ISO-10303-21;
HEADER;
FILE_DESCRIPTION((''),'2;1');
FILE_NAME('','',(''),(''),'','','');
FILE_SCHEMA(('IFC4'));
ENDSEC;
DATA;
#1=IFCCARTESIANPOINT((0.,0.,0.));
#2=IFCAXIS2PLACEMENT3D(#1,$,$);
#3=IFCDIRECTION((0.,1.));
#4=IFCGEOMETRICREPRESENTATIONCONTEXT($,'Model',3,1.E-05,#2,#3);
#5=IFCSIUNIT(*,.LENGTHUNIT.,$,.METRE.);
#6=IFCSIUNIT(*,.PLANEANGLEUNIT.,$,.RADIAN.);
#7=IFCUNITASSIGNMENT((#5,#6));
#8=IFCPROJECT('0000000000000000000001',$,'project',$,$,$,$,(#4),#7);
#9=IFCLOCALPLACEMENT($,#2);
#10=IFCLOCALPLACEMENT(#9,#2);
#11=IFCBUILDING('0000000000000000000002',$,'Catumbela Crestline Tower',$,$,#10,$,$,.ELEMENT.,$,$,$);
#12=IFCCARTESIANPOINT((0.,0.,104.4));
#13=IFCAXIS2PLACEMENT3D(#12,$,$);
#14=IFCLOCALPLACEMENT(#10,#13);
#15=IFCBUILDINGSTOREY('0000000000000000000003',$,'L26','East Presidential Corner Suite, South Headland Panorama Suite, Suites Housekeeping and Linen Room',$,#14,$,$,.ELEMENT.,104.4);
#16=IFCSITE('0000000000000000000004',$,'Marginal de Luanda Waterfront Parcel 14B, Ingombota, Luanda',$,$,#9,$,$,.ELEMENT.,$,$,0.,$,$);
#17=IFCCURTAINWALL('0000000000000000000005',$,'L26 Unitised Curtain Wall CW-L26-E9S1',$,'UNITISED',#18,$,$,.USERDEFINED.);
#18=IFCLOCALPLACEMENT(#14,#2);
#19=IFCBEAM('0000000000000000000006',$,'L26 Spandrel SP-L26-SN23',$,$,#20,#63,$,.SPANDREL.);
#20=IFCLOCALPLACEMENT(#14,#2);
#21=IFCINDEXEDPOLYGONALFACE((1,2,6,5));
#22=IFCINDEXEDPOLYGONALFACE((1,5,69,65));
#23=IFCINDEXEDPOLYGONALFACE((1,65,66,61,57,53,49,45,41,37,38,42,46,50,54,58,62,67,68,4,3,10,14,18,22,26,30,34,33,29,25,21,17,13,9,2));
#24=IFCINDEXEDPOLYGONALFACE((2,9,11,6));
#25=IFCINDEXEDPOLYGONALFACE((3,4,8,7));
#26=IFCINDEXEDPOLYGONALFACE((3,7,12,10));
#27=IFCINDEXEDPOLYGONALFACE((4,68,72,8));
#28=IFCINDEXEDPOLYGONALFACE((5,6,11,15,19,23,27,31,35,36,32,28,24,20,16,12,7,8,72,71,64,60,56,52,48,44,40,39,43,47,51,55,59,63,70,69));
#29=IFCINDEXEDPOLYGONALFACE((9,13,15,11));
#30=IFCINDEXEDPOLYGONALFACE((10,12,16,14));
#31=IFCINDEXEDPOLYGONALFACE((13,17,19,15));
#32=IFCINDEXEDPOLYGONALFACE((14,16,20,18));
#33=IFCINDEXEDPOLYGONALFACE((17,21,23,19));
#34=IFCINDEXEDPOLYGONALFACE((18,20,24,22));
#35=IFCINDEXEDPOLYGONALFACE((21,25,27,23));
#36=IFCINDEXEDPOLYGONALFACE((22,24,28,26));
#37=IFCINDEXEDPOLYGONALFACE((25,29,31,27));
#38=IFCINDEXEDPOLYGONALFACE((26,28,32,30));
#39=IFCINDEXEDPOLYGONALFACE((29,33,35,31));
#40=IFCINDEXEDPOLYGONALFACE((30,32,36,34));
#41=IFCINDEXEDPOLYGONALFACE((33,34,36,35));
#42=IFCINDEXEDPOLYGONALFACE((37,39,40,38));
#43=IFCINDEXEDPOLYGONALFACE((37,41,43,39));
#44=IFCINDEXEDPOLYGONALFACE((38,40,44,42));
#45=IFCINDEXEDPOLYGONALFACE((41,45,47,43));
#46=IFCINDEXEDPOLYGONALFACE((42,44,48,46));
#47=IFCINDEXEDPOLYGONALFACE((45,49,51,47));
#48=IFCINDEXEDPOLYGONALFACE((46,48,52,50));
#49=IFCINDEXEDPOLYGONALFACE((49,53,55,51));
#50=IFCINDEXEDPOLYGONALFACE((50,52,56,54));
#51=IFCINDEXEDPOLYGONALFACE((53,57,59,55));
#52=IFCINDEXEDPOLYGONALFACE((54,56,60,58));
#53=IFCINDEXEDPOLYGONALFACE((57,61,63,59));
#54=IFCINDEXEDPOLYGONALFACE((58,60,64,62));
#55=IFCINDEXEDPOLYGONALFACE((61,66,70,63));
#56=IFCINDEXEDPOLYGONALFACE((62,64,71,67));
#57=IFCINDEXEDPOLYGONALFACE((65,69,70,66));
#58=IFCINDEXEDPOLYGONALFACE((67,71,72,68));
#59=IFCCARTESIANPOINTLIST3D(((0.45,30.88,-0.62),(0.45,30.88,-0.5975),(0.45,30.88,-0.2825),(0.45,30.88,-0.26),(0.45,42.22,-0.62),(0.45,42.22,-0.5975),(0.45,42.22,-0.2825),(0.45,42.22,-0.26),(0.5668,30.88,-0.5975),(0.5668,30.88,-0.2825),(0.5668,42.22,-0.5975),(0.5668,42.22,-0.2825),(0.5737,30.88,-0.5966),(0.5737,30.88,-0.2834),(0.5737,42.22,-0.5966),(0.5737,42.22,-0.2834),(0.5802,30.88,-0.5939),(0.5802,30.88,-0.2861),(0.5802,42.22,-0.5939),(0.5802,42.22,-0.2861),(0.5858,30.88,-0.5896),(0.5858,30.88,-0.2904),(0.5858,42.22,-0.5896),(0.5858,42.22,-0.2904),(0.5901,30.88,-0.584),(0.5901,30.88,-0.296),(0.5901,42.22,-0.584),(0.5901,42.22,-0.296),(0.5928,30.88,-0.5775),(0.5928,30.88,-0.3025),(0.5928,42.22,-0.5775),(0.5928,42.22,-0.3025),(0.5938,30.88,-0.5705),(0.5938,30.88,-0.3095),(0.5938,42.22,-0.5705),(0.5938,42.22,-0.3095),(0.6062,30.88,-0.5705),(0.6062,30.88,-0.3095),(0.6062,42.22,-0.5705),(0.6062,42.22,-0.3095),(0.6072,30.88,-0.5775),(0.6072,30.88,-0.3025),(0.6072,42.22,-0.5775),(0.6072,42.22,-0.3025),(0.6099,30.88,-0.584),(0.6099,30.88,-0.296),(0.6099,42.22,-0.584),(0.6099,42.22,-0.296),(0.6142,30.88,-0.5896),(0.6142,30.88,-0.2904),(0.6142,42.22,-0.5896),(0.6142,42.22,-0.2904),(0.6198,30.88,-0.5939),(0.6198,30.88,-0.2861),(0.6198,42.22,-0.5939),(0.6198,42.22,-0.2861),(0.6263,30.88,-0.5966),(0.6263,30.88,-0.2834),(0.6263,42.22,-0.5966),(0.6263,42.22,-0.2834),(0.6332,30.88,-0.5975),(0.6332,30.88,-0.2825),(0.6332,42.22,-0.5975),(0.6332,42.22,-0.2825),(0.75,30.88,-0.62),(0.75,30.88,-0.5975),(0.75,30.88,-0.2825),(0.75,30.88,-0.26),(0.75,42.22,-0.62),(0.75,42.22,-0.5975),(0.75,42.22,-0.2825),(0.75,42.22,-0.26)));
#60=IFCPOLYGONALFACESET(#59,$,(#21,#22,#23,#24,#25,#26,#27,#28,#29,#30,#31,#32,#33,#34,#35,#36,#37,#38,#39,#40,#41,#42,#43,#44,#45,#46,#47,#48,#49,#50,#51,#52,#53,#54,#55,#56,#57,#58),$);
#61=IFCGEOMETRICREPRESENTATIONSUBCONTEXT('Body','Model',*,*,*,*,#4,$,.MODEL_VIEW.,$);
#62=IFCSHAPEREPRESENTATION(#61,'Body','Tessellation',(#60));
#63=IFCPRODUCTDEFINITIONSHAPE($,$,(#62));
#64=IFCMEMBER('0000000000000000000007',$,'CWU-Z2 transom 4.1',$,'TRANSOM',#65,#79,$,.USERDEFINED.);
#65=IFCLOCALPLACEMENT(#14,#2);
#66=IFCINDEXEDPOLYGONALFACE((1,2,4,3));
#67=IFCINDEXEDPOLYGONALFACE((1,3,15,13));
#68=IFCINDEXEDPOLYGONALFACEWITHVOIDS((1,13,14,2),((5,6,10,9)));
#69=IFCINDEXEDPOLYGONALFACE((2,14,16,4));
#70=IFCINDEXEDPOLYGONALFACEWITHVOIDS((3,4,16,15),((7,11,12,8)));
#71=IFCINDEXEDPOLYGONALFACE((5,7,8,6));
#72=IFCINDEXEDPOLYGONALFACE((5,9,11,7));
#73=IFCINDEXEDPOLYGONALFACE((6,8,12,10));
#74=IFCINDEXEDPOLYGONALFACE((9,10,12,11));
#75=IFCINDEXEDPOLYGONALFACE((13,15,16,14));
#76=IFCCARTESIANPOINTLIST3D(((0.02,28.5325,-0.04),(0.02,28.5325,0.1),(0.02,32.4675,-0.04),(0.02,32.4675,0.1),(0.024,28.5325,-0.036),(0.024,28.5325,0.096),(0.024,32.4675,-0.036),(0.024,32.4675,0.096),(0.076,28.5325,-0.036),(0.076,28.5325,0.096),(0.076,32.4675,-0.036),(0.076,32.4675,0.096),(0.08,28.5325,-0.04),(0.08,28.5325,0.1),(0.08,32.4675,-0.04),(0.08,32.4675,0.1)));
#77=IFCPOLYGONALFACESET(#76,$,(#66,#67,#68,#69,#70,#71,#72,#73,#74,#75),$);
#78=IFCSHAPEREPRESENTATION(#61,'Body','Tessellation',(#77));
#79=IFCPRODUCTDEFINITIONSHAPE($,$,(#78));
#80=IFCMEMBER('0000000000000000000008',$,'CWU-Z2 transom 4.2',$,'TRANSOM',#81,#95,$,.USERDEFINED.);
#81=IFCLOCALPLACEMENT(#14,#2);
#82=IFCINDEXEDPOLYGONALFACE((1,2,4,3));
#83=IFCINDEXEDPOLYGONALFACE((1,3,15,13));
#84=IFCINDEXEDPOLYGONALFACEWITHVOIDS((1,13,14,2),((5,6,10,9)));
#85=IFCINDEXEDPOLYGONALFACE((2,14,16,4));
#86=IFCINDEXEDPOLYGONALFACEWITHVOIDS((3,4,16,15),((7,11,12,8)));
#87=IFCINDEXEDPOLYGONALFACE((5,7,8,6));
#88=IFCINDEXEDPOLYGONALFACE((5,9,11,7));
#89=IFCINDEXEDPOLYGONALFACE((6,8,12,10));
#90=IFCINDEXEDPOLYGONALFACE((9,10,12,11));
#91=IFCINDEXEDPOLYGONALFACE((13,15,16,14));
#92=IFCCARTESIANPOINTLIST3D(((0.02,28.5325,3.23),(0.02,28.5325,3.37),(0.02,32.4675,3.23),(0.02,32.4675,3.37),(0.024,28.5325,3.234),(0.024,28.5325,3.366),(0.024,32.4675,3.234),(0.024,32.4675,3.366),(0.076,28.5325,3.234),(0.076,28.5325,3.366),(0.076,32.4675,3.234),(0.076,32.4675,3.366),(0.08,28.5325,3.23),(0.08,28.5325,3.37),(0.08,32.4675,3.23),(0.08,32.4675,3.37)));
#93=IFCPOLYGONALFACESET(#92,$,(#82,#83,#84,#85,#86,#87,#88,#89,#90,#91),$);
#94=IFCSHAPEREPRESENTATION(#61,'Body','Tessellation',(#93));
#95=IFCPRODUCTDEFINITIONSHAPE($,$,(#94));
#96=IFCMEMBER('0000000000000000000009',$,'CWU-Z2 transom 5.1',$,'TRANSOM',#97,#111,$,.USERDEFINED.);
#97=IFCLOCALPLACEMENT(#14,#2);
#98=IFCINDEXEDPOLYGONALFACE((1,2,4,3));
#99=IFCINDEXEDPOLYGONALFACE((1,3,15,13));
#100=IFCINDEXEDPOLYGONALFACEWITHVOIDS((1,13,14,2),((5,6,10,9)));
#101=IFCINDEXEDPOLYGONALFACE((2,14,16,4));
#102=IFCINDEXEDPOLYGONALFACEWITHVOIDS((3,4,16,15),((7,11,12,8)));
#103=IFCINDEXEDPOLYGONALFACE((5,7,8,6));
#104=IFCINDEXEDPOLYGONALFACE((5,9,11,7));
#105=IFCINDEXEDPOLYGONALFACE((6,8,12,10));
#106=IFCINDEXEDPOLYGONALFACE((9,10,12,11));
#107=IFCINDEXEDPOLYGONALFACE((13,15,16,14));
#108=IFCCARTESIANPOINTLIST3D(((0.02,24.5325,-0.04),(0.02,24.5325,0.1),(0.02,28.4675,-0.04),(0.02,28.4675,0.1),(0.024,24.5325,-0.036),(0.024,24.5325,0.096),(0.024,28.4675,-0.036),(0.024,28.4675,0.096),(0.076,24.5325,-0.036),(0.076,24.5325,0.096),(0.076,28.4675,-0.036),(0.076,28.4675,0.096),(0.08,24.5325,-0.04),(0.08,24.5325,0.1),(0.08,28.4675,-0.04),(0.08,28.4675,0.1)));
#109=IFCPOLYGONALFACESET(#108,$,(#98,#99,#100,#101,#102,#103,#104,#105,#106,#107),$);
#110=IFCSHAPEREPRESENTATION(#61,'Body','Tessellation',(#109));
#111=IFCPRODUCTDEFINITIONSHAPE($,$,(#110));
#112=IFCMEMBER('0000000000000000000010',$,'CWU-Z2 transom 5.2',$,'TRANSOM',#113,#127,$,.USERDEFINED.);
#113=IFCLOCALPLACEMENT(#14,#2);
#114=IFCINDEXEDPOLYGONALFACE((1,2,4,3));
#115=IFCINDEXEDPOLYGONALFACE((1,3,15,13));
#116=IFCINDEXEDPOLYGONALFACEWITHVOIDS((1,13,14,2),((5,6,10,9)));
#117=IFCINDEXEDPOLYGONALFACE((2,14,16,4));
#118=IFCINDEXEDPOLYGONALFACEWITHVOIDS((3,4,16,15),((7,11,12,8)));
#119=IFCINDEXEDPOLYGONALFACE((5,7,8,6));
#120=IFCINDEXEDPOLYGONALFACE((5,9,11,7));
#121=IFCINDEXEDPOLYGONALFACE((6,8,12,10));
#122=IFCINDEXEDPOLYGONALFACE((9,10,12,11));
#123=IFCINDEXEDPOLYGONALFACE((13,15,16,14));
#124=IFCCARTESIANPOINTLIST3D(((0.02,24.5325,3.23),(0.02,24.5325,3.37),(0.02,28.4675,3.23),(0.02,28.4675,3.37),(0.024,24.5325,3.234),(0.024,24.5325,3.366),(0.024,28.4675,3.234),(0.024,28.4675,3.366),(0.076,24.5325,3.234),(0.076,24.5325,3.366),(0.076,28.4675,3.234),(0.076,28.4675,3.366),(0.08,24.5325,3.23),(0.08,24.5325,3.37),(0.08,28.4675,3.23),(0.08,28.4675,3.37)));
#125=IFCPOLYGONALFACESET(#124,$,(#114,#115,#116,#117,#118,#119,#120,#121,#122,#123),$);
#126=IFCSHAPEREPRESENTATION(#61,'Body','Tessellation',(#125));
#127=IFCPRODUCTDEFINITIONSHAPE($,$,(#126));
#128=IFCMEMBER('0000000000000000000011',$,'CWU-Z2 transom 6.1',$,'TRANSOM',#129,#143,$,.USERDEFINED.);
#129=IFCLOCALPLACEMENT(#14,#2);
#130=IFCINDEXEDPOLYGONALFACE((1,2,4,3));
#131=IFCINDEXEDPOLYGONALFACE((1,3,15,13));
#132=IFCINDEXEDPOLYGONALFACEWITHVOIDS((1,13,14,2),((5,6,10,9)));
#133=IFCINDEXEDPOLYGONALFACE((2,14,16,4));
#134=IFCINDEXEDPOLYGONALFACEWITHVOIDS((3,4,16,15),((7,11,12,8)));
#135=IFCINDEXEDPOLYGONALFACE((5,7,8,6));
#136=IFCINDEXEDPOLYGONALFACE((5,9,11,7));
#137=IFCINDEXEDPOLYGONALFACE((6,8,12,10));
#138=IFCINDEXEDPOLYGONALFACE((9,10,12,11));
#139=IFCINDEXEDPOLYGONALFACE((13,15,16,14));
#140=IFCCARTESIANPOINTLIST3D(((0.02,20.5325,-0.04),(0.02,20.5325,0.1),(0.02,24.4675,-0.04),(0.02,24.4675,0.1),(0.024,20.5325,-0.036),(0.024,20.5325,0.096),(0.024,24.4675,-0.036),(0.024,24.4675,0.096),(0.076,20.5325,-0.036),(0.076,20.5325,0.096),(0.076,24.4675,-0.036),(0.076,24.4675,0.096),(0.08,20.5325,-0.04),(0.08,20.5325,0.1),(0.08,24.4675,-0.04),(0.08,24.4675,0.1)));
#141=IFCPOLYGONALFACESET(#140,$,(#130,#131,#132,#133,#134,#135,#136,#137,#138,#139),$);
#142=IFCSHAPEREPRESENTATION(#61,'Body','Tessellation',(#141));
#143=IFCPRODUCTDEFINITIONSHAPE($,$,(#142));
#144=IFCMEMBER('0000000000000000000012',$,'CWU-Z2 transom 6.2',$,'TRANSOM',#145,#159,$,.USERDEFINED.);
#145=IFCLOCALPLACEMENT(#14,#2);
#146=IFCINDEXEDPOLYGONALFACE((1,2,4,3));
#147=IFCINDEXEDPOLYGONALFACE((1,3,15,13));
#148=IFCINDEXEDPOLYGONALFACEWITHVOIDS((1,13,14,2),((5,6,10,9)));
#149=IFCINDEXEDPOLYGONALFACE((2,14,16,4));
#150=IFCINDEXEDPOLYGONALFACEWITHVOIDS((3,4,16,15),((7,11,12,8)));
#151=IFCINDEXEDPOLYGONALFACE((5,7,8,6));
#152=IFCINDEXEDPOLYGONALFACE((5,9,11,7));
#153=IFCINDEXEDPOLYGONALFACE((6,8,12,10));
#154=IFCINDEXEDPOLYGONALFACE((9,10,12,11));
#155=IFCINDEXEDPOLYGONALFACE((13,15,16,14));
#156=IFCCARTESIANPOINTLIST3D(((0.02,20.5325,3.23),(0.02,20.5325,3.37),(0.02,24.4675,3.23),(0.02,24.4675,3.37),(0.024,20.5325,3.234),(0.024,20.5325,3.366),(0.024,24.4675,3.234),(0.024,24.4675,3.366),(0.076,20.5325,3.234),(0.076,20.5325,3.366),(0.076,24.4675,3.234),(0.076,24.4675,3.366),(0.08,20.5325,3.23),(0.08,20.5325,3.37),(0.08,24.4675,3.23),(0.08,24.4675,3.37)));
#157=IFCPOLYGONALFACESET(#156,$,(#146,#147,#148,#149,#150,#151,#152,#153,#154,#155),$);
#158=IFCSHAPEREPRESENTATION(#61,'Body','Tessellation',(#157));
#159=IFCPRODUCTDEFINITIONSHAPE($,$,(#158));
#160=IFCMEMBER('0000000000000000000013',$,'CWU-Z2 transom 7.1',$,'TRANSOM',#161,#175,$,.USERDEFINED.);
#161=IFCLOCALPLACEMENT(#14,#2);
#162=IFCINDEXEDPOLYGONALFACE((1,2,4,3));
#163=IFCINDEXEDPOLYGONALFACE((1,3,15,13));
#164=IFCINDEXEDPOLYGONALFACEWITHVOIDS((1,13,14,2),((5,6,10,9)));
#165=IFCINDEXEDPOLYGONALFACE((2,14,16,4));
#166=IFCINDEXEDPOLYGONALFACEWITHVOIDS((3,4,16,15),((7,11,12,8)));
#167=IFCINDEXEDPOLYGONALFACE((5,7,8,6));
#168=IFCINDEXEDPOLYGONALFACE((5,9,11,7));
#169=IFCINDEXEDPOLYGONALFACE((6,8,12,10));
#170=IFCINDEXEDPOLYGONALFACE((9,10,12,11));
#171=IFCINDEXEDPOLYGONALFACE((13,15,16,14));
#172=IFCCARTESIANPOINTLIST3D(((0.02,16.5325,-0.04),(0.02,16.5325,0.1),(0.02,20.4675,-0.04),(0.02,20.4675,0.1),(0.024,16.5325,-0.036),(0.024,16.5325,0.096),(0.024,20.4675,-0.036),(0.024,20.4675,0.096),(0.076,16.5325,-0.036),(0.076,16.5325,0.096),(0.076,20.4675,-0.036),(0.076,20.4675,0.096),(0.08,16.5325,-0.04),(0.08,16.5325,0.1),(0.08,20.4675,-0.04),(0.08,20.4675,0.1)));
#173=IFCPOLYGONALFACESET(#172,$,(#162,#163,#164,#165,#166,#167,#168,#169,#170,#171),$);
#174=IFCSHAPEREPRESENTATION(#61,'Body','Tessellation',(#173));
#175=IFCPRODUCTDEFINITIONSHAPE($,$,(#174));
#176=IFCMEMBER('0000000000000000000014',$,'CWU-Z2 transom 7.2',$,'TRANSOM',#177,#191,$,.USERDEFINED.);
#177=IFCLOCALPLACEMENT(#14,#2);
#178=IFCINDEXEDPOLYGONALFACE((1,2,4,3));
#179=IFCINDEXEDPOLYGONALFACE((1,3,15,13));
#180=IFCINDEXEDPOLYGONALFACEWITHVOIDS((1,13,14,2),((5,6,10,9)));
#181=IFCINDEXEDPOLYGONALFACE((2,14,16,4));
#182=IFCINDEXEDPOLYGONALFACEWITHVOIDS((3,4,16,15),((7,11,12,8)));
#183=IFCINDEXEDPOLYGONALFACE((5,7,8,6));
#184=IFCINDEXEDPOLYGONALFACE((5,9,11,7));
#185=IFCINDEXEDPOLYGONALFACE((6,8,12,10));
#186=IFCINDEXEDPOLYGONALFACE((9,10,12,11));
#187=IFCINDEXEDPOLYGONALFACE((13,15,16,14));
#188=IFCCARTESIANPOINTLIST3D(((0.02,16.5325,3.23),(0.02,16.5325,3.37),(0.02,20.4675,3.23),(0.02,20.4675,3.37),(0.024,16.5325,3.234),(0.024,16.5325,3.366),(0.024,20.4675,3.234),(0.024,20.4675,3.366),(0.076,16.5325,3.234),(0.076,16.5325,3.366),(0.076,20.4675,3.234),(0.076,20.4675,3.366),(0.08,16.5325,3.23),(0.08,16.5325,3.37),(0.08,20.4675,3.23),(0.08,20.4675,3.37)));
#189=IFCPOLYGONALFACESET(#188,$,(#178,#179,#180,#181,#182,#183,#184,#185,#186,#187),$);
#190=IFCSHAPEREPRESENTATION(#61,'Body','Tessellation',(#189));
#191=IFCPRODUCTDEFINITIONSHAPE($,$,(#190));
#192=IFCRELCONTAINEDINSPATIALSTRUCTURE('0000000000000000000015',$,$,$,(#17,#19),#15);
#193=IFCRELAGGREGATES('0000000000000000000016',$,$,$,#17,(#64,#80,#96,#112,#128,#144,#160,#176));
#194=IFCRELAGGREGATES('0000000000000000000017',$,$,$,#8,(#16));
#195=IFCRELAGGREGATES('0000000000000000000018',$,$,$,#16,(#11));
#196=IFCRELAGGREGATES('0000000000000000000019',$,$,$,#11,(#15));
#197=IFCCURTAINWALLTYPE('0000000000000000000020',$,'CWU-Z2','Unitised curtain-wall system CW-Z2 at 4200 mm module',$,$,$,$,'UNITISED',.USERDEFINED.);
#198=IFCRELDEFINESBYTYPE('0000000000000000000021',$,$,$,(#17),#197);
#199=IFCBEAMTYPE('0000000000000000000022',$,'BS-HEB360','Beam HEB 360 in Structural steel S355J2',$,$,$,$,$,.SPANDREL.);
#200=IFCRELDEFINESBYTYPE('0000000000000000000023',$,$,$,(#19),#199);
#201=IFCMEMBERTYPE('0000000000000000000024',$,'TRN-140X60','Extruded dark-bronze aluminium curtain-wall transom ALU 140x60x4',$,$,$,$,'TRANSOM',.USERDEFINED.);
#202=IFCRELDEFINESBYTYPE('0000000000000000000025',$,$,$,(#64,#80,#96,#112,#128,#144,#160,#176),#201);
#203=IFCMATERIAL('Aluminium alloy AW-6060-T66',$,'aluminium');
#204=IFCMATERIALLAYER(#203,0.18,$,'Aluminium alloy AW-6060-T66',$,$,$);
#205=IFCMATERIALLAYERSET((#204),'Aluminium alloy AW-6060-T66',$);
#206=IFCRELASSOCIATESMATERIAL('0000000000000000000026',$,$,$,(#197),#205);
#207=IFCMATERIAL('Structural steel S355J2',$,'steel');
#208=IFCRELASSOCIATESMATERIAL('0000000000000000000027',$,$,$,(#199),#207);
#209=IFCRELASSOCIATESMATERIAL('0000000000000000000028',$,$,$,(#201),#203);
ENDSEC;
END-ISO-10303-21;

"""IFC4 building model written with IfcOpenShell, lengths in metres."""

from ifc_helpers import new_model, si_unit, direction, frame, origin, origin_2d, place, context, subcontext, project, spatial, hollow_rectangle, i_section, extrude, material, layer, layer_set, material_profile, profile_set, type_object, element, aggregate, save


model = new_model("IFC4")

# Units and contexts
model_context = context("Model", 3, precision=1e-05, world=origin(), true_north=direction((0.0, 1.0)))
body_context = subcontext(model_context, "Body", "Model", "MODEL_VIEW")
ifc_project = project(units=[si_unit("LENGTHUNIT", "METRE"), si_unit("PLANEANGLEUNIT", "RADIAN")], contexts=[model_context])

# Site, building, storey
site_placement = place(None, origin())
site = spatial("IfcSite", under=ifc_project, at=site_placement, Name="Marginal de Luanda Waterfront Parcel 14B, Ingombota, Luanda", CompositionType="ELEMENT", RefElevation=0.0)
building_placement = place(site_placement, origin())
building = spatial("IfcBuilding", under=site, at=building_placement, Name="Catumbela Crestline Tower", CompositionType="ELEMENT")
storey_placement = place(building_placement, frame((0.0, 0.0, 104.4)))
storey = spatial("IfcBuildingStorey", under=building, at=storey_placement, Name="L26", Description="East Presidential Corner Suite, South Headland Panorama Suite, Suites Housekeeping and Linen Room", CompositionType="ELEMENT", Elevation=104.4)

# Shared definitions
ifc_material_1 = material(Name="Structural steel S355J2", Category="steel")

# Curtain wall
ifc_material_2 = material(Name="Aluminium alloy AW-6060-T66", Category="aluminium")
ifc_layer_1 = layer(ifc_material_2, 0.18, Name="Aluminium alloy AW-6060-T66")
ifc_layer_set_1 = layer_set([ifc_layer_1], Name="Aluminium alloy AW-6060-T66")
curtain_wall_type = type_object("IfcCurtainWallType", Name="CWU-Z2", Description="Unitised curtain-wall system CW-Z2 at 4200 mm module", ElementType="UNITISED", PredefinedType="USERDEFINED", material=ifc_layer_set_1)
curtain_wall_placement = place(storey_placement, origin())
curtain_wall = element("IfcCurtainWall", 1, at=curtain_wall_placement, inside=storey, type_object=curtain_wall_type, Name="L26 Unitised Curtain Wall CW-L26-E9S1", ObjectType="UNITISED", PredefinedType="USERDEFINED")

# Beam
ifc_material_profile_1 = material_profile(ifc_material_1, i_section(OverallWidth=0.3, OverallDepth=0.36, WebThickness=0.0125, FlangeThickness=0.0225, FilletRadius=0.027, at=origin_2d()), Name="HEB 360")
ifc_profile_set_1 = profile_set([ifc_material_profile_1], Name="Structural steel S355J2")
beam_type_1 = type_object("IfcBeamType", Name="BS-HEB360", Description="Beam HEB 360 in Structural steel S355J2", PredefinedType="SPANDREL", material=ifc_profile_set_1)
beam_1_placement = place(storey_placement, frame((0.6, 30.88, -0.44), z_axis=(0.0, 1.0, 0.0), x_axis=(-1.0, 0.0, 0.0)))
element("IfcBeam", 2, at=beam_1_placement, inside=storey, type_object=beam_type_1, Name="L26 Spandrel SP-L26-SN23", PredefinedType="SPANDREL", context=body_context, shape_type="SweptSolid", body=[
    extrude(i_section(OverallWidth=0.3, OverallDepth=0.36, WebThickness=0.0125, FlangeThickness=0.0225, FilletRadius=0.027, at=origin_2d()), origin(), (0.0, 0.0, 1.0), 11.34),
])

# Members
ifc_material_profile_2 = material_profile(ifc_material_2, hollow_rectangle(XDim=0.06, YDim=0.14, WallThickness=0.004, at=origin_2d()), Name="ALU 140x60x4")
ifc_profile_set_2 = profile_set([ifc_material_profile_2], Name="Aluminium alloy AW-6060-T66")
member_type_1 = type_object("IfcMemberType", Name="TRN-140X60", Description="Extruded dark-bronze aluminium curtain-wall transom ALU 140x60x4", ElementType="TRANSOM", PredefinedType="USERDEFINED", material=ifc_profile_set_2)
member_1_placement = place(storey_placement, frame((0.05, 32.4675, 0.03), z_axis=(0.0, -1.0, 0.0), x_axis=(1.0, 0.0, 0.0)))
member_1 = element("IfcMember", 3, at=member_1_placement, type_object=member_type_1, Name="CWU-Z2 transom 4.1", ObjectType="TRANSOM", PredefinedType="USERDEFINED", context=body_context, shape_type="SweptSolid", body=[
    extrude(hollow_rectangle(XDim=0.06, YDim=0.14, WallThickness=0.004, at=origin_2d()), origin(), (0.0, 0.0, 1.0), 3.935),
])
member_2_placement = place(storey_placement, frame((0.05, 32.4675, 3.3), z_axis=(0.0, -1.0, 0.0), x_axis=(1.0, 0.0, 0.0)))
member_2 = element("IfcMember", 4, at=member_2_placement, type_object=member_type_1, Name="CWU-Z2 transom 4.2", ObjectType="TRANSOM", PredefinedType="USERDEFINED", context=body_context, shape_type="SweptSolid", body=[
    extrude(hollow_rectangle(XDim=0.06, YDim=0.14, WallThickness=0.004, at=origin_2d()), origin(), (0.0, 0.0, 1.0), 3.935),
])
member_3_placement = place(storey_placement, frame((0.05, 28.4675, 0.03), z_axis=(0.0, -1.0, 0.0), x_axis=(1.0, 0.0, 0.0)))
member_3 = element("IfcMember", 5, at=member_3_placement, type_object=member_type_1, Name="CWU-Z2 transom 5.1", ObjectType="TRANSOM", PredefinedType="USERDEFINED", context=body_context, shape_type="SweptSolid", body=[
    extrude(hollow_rectangle(XDim=0.06, YDim=0.14, WallThickness=0.004, at=origin_2d()), origin(), (0.0, 0.0, 1.0), 3.935),
])
member_4_placement = place(storey_placement, frame((0.05, 28.4675, 3.3), z_axis=(0.0, -1.0, 0.0), x_axis=(1.0, 0.0, 0.0)))
member_4 = element("IfcMember", 6, at=member_4_placement, type_object=member_type_1, Name="CWU-Z2 transom 5.2", ObjectType="TRANSOM", PredefinedType="USERDEFINED", context=body_context, shape_type="SweptSolid", body=[
    extrude(hollow_rectangle(XDim=0.06, YDim=0.14, WallThickness=0.004, at=origin_2d()), origin(), (0.0, 0.0, 1.0), 3.935),
])
member_5_placement = place(storey_placement, frame((0.05, 24.4675, 0.03), z_axis=(0.0, -1.0, 0.0), x_axis=(1.0, 0.0, 0.0)))
member_5 = element("IfcMember", 7, at=member_5_placement, type_object=member_type_1, Name="CWU-Z2 transom 6.1", ObjectType="TRANSOM", PredefinedType="USERDEFINED", context=body_context, shape_type="SweptSolid", body=[
    extrude(hollow_rectangle(XDim=0.06, YDim=0.14, WallThickness=0.004, at=origin_2d()), origin(), (0.0, 0.0, 1.0), 3.935),
])
member_6_placement = place(storey_placement, frame((0.05, 24.4675, 3.3), z_axis=(0.0, -1.0, 0.0), x_axis=(1.0, 0.0, 0.0)))
member_6 = element("IfcMember", 8, at=member_6_placement, type_object=member_type_1, Name="CWU-Z2 transom 6.2", ObjectType="TRANSOM", PredefinedType="USERDEFINED", context=body_context, shape_type="SweptSolid", body=[
    extrude(hollow_rectangle(XDim=0.06, YDim=0.14, WallThickness=0.004, at=origin_2d()), origin(), (0.0, 0.0, 1.0), 3.935),
])
member_7_placement = place(storey_placement, frame((0.05, 20.4675, 0.03), z_axis=(0.0, -1.0, 0.0), x_axis=(1.0, 0.0, 0.0)))
member_7 = element("IfcMember", 9, at=member_7_placement, type_object=member_type_1, Name="CWU-Z2 transom 7.1", ObjectType="TRANSOM", PredefinedType="USERDEFINED", context=body_context, shape_type="SweptSolid", body=[
    extrude(hollow_rectangle(XDim=0.06, YDim=0.14, WallThickness=0.004, at=origin_2d()), origin(), (0.0, 0.0, 1.0), 3.935),
])
member_8_placement = place(storey_placement, frame((0.05, 20.4675, 3.3), z_axis=(0.0, -1.0, 0.0), x_axis=(1.0, 0.0, 0.0)))
member_8 = element("IfcMember", 10, at=member_8_placement, type_object=member_type_1, Name="CWU-Z2 transom 7.2", ObjectType="TRANSOM", PredefinedType="USERDEFINED", context=body_context, shape_type="SweptSolid", body=[
    extrude(hollow_rectangle(XDim=0.06, YDim=0.14, WallThickness=0.004, at=origin_2d()), origin(), (0.0, 0.0, 1.0), 3.935),
])

aggregate(curtain_wall, [member_1, member_2, member_3, member_4, member_5, member_6, member_7, member_8])

save(model, "model.ifc")
